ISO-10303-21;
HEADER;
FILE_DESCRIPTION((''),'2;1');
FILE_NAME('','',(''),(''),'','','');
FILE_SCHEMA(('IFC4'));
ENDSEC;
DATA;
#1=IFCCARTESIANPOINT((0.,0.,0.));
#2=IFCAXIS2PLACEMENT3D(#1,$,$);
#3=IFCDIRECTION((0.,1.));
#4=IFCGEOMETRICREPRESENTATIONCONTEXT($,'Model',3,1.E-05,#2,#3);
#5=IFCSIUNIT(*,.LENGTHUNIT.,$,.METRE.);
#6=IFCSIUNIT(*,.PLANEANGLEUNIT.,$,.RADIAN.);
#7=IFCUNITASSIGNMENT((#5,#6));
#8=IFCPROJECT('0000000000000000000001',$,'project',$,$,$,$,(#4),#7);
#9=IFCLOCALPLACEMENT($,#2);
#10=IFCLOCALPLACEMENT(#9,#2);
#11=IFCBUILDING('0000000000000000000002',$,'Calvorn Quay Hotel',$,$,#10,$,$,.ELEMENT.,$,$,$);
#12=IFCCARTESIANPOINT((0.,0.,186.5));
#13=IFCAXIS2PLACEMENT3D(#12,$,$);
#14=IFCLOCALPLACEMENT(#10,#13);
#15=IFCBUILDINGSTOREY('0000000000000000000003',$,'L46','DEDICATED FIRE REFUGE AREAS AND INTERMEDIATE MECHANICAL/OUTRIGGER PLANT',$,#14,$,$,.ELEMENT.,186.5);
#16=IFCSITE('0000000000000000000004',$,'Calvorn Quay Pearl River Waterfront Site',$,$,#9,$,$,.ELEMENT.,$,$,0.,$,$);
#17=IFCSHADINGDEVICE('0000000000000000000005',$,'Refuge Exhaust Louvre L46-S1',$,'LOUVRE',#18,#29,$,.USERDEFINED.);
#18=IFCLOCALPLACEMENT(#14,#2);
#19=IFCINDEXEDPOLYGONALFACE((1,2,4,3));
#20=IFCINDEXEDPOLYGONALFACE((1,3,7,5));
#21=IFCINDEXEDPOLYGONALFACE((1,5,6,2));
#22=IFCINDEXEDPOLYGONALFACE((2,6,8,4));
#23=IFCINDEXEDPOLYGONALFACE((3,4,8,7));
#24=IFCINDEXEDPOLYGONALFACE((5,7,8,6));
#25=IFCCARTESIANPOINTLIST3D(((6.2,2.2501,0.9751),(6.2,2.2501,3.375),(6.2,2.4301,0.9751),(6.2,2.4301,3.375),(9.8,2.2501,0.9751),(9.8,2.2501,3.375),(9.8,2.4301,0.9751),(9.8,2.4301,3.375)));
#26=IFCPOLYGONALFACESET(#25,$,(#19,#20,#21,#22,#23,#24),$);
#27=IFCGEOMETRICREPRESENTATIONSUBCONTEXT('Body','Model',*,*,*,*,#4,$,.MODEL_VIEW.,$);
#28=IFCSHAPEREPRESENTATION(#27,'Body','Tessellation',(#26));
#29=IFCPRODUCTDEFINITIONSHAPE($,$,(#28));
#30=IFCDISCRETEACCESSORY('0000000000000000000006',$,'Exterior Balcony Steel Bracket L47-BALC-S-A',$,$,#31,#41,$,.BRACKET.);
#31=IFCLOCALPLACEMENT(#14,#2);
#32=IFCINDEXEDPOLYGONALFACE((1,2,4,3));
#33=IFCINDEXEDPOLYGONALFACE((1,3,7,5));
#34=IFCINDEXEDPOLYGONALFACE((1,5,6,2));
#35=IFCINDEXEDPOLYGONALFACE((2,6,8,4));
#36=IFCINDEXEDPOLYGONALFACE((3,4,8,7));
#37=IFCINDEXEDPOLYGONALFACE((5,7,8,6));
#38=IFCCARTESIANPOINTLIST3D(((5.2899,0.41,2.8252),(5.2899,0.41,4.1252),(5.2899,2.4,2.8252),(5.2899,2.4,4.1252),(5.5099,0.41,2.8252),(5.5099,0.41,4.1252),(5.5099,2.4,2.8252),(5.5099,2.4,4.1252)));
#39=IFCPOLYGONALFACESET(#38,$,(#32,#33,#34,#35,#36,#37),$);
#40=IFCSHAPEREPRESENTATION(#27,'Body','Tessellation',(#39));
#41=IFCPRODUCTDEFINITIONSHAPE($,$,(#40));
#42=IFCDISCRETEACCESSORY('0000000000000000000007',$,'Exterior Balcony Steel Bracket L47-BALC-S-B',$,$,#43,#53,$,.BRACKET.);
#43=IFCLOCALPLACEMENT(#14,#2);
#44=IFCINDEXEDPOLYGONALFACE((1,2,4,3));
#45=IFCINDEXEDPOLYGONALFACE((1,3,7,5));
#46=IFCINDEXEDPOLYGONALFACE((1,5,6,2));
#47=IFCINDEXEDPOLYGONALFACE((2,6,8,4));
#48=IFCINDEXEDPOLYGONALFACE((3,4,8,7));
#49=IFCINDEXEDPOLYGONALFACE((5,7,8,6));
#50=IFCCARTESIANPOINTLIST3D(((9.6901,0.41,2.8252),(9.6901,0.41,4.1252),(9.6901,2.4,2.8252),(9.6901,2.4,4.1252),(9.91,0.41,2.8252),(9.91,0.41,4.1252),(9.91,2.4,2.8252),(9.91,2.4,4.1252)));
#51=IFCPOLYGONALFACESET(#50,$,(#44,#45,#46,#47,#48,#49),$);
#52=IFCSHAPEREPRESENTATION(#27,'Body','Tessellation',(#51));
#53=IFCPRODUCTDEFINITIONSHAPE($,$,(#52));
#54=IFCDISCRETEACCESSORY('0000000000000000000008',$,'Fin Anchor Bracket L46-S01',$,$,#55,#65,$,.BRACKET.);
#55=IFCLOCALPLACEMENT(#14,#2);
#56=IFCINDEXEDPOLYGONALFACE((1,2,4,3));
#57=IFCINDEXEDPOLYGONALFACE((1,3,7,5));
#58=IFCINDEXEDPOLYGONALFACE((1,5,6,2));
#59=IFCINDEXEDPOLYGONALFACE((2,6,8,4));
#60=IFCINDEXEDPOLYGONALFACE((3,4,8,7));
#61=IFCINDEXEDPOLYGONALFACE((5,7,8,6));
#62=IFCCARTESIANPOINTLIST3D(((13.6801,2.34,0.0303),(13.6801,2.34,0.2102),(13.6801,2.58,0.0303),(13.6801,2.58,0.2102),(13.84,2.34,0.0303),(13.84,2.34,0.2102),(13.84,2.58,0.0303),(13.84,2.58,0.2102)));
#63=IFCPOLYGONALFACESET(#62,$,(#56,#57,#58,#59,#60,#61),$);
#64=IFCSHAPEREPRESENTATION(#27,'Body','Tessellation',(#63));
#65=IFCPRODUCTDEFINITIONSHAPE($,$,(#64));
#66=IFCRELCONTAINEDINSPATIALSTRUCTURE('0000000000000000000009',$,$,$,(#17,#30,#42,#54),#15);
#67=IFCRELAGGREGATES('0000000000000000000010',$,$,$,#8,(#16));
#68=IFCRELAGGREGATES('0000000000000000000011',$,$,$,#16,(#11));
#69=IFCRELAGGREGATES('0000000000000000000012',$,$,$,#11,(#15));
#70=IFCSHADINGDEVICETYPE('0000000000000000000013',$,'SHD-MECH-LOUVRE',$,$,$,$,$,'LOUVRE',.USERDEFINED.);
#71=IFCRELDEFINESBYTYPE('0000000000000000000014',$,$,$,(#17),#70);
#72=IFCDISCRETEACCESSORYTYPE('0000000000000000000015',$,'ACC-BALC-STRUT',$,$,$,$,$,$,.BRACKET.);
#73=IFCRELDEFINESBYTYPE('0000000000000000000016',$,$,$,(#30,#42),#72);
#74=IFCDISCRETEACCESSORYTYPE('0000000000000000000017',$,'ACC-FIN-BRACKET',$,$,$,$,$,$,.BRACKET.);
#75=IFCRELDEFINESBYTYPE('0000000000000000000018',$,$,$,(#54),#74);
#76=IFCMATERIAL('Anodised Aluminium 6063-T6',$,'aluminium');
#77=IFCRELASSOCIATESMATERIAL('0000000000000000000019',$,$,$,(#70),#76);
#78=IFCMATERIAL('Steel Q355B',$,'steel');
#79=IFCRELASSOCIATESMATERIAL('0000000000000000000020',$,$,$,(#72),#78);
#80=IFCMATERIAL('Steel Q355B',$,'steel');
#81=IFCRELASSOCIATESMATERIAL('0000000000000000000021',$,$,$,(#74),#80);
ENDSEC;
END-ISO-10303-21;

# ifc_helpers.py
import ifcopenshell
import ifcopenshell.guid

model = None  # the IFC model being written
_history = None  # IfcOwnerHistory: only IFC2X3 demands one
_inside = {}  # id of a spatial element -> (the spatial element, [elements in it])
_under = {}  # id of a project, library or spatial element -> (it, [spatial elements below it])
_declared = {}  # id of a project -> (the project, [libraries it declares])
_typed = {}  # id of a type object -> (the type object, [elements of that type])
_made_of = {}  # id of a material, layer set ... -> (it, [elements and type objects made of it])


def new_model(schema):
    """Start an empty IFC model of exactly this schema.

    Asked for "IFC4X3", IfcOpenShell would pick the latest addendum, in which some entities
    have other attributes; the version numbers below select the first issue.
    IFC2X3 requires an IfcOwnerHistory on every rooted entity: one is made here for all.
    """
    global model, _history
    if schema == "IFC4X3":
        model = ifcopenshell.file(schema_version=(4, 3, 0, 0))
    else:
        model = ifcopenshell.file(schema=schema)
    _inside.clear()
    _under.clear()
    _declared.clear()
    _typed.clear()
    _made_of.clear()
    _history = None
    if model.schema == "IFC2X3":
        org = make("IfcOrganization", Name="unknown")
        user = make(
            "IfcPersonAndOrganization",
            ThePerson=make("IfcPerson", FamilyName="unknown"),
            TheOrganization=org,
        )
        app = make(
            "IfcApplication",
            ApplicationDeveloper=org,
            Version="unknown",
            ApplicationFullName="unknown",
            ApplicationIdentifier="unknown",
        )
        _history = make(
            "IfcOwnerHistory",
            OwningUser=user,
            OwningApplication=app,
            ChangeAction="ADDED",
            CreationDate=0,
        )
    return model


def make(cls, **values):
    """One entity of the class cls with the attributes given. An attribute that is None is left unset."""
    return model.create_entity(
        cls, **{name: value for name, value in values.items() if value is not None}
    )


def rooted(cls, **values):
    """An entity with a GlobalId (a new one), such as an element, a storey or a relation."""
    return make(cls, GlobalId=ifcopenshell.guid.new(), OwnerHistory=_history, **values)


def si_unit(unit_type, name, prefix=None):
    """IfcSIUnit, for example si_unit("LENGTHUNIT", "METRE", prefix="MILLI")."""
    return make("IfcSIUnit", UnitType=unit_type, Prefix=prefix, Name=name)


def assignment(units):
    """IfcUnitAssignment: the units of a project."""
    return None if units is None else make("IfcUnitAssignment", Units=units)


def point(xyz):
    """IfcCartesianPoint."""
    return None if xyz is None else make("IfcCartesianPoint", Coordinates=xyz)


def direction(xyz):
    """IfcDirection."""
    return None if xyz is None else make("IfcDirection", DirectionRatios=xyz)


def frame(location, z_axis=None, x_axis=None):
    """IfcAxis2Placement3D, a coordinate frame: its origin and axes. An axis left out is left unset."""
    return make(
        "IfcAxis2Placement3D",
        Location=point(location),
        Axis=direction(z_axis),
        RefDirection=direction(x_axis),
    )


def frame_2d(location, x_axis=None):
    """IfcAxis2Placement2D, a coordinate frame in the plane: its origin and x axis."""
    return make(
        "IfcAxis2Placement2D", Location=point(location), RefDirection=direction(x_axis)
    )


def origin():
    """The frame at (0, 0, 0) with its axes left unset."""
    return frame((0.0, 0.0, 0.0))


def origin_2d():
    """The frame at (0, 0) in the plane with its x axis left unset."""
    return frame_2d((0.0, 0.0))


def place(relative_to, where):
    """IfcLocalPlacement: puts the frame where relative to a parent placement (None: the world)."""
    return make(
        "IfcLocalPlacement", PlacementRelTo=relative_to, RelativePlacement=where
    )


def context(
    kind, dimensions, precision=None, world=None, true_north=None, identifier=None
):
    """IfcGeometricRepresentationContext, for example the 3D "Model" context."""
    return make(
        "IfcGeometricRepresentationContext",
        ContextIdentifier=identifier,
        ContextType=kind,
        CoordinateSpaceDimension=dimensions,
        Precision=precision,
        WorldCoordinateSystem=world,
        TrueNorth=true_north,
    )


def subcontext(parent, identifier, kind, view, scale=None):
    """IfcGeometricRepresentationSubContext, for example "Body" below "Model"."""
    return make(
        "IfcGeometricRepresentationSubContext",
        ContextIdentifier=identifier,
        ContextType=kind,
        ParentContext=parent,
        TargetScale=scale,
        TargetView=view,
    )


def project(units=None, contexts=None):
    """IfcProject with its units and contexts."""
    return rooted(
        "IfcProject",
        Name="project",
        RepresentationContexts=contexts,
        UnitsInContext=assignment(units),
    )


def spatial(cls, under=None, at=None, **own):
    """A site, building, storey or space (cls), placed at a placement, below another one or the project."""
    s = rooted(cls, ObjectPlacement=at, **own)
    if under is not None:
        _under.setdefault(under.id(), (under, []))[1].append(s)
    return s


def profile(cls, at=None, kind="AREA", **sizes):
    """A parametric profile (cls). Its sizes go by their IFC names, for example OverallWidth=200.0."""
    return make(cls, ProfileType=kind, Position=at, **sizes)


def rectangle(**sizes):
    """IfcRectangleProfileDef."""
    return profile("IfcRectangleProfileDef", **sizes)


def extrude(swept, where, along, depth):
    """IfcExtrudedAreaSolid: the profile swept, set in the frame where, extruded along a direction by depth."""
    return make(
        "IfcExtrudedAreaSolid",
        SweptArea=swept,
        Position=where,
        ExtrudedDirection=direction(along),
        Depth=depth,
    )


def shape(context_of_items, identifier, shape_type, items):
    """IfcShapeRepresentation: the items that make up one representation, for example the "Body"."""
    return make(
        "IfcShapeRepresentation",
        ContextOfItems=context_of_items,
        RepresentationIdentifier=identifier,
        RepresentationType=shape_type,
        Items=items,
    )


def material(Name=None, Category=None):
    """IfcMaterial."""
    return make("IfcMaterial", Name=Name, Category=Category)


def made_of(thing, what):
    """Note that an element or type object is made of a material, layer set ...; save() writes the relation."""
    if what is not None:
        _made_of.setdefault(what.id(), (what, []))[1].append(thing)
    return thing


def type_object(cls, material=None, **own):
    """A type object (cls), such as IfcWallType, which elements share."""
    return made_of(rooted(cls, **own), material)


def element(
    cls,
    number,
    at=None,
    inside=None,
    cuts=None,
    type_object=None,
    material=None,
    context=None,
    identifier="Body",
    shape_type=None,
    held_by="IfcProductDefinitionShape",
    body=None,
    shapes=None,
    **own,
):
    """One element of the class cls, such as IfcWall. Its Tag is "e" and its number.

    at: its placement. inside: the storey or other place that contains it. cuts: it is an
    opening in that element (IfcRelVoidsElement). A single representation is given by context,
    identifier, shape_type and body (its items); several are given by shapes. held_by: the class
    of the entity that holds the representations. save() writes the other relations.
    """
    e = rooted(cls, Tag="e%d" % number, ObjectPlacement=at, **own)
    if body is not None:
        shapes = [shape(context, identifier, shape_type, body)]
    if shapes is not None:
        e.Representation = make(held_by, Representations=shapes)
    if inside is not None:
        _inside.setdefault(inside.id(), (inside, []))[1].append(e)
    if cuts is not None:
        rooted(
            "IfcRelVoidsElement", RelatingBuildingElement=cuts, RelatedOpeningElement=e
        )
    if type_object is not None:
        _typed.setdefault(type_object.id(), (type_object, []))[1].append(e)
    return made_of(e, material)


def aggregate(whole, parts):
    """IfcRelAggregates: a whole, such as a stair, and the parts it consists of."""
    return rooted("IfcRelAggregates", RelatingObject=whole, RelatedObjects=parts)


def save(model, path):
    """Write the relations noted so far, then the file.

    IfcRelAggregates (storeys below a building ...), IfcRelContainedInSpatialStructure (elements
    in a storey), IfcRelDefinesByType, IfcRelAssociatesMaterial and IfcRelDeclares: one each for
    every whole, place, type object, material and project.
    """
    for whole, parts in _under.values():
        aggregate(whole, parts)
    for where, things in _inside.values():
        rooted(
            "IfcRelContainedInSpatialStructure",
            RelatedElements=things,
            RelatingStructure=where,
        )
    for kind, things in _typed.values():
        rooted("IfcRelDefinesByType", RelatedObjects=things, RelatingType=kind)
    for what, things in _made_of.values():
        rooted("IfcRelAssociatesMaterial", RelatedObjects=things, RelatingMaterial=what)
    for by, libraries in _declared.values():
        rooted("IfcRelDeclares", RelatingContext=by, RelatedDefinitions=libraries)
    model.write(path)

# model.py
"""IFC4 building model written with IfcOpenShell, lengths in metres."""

from ifc_helpers import new_model, si_unit, direction, frame, origin, origin_2d, place, context, subcontext, project, spatial, rectangle, extrude, material, type_object, element, save


model = new_model("IFC4")

# Units and contexts
model_context = context("Model", 3, precision=1e-05, world=origin(), true_north=direction((0.0, 1.0)))
body_context = subcontext(model_context, "Body", "Model", "MODEL_VIEW")
ifc_project = project(units=[si_unit("LENGTHUNIT", "METRE"), si_unit("PLANEANGLEUNIT", "RADIAN")], contexts=[model_context])

# Site, building, storey
site_placement = place(None, origin())
site = spatial("IfcSite", under=ifc_project, at=site_placement, Name="Calvorn Quay Pearl River Waterfront Site", CompositionType="ELEMENT", RefElevation=0.0)
building_placement = place(site_placement, origin())
building = spatial("IfcBuilding", under=site, at=building_placement, Name="Calvorn Quay Hotel", CompositionType="ELEMENT")
storey_placement = place(building_placement, frame((0.0, 0.0, 186.5)))
storey = spatial("IfcBuildingStorey", under=building, at=storey_placement, Name="L46", Description="DEDICATED FIRE REFUGE AREAS AND INTERMEDIATE MECHANICAL/OUTRIGGER PLANT", CompositionType="ELEMENT", Elevation=186.5)

# Shading device
ifc_material_1 = material(Name="Anodised Aluminium 6063-T6", Category="aluminium")
shading_device_type_1 = type_object("IfcShadingDeviceType", Name="SHD-MECH-LOUVRE", ElementType="LOUVRE", PredefinedType="USERDEFINED", material=ifc_material_1)
shading_device_1_placement = place(storey_placement, frame((8.0, 2.3401, 0.9751), z_axis=(0.0, 0.0, 1.0), x_axis=(1.0, 0.0, 0.0)))
element("IfcShadingDevice", 1, at=shading_device_1_placement, inside=storey, type_object=shading_device_type_1, Name="Refuge Exhaust Louvre L46-S1", ObjectType="LOUVRE", PredefinedType="USERDEFINED", context=body_context, shape_type="SweptSolid", body=[
    extrude(rectangle(XDim=3.6001, YDim=0.1799, at=origin_2d()), origin(), (0.0, 0.0, 1.0), 2.3999),
])

# Discrete accessories
ifc_material_2 = material(Name="Steel Q355B", Category="steel")
discrete_accessory_type_1 = type_object("IfcDiscreteAccessoryType", Name="ACC-BALC-STRUT", PredefinedType="BRACKET", material=ifc_material_2)
for number, where, z_axis, x_axis, name in (
    (2, (5.3999, 1.405, 2.8252), (0.0, 0.0, 1.0), (1.0, 0.0, 0.0), "Exterior Balcony Steel Bracket L47-BALC-S-A"),
    (3, (9.8, 1.405, 2.8252), (0.0, 0.0, 1.0), (1.0, 0.0, 0.0), "Exterior Balcony Steel Bracket L47-BALC-S-B"),
):
    element("IfcDiscreteAccessory", number, at=place(storey_placement, frame(where, z_axis=z_axis, x_axis=x_axis)), inside=storey, type_object=discrete_accessory_type_1, Name=name, PredefinedType="BRACKET", context=body_context, shape_type="SweptSolid", body=[
        extrude(rectangle(XDim=0.22, YDim=1.99, at=origin_2d()), origin(), (0.0, 0.0, 1.0), 1.3),
    ])
ifc_material_3 = material(Name="Steel Q355B", Category="steel")
discrete_accessory_type_2 = type_object("IfcDiscreteAccessoryType", Name="ACC-FIN-BRACKET", PredefinedType="BRACKET", material=ifc_material_3)
discrete_accessory_placement = place(storey_placement, frame((13.76, 2.46, 0.0303), z_axis=(0.0, 0.0, 1.0), x_axis=(0.0, 1.0, 0.0)))
element("IfcDiscreteAccessory", 4, at=discrete_accessory_placement, inside=storey, type_object=discrete_accessory_type_2, Name="Fin Anchor Bracket L46-S01", PredefinedType="BRACKET", context=body_context, shape_type="SweptSolid", body=[
    extrude(rectangle(XDim=0.24, YDim=0.1599, at=origin_2d()), origin(), (0.0, 0.0, 1.0), 0.1799),
])

save(model, "model.ifc")
